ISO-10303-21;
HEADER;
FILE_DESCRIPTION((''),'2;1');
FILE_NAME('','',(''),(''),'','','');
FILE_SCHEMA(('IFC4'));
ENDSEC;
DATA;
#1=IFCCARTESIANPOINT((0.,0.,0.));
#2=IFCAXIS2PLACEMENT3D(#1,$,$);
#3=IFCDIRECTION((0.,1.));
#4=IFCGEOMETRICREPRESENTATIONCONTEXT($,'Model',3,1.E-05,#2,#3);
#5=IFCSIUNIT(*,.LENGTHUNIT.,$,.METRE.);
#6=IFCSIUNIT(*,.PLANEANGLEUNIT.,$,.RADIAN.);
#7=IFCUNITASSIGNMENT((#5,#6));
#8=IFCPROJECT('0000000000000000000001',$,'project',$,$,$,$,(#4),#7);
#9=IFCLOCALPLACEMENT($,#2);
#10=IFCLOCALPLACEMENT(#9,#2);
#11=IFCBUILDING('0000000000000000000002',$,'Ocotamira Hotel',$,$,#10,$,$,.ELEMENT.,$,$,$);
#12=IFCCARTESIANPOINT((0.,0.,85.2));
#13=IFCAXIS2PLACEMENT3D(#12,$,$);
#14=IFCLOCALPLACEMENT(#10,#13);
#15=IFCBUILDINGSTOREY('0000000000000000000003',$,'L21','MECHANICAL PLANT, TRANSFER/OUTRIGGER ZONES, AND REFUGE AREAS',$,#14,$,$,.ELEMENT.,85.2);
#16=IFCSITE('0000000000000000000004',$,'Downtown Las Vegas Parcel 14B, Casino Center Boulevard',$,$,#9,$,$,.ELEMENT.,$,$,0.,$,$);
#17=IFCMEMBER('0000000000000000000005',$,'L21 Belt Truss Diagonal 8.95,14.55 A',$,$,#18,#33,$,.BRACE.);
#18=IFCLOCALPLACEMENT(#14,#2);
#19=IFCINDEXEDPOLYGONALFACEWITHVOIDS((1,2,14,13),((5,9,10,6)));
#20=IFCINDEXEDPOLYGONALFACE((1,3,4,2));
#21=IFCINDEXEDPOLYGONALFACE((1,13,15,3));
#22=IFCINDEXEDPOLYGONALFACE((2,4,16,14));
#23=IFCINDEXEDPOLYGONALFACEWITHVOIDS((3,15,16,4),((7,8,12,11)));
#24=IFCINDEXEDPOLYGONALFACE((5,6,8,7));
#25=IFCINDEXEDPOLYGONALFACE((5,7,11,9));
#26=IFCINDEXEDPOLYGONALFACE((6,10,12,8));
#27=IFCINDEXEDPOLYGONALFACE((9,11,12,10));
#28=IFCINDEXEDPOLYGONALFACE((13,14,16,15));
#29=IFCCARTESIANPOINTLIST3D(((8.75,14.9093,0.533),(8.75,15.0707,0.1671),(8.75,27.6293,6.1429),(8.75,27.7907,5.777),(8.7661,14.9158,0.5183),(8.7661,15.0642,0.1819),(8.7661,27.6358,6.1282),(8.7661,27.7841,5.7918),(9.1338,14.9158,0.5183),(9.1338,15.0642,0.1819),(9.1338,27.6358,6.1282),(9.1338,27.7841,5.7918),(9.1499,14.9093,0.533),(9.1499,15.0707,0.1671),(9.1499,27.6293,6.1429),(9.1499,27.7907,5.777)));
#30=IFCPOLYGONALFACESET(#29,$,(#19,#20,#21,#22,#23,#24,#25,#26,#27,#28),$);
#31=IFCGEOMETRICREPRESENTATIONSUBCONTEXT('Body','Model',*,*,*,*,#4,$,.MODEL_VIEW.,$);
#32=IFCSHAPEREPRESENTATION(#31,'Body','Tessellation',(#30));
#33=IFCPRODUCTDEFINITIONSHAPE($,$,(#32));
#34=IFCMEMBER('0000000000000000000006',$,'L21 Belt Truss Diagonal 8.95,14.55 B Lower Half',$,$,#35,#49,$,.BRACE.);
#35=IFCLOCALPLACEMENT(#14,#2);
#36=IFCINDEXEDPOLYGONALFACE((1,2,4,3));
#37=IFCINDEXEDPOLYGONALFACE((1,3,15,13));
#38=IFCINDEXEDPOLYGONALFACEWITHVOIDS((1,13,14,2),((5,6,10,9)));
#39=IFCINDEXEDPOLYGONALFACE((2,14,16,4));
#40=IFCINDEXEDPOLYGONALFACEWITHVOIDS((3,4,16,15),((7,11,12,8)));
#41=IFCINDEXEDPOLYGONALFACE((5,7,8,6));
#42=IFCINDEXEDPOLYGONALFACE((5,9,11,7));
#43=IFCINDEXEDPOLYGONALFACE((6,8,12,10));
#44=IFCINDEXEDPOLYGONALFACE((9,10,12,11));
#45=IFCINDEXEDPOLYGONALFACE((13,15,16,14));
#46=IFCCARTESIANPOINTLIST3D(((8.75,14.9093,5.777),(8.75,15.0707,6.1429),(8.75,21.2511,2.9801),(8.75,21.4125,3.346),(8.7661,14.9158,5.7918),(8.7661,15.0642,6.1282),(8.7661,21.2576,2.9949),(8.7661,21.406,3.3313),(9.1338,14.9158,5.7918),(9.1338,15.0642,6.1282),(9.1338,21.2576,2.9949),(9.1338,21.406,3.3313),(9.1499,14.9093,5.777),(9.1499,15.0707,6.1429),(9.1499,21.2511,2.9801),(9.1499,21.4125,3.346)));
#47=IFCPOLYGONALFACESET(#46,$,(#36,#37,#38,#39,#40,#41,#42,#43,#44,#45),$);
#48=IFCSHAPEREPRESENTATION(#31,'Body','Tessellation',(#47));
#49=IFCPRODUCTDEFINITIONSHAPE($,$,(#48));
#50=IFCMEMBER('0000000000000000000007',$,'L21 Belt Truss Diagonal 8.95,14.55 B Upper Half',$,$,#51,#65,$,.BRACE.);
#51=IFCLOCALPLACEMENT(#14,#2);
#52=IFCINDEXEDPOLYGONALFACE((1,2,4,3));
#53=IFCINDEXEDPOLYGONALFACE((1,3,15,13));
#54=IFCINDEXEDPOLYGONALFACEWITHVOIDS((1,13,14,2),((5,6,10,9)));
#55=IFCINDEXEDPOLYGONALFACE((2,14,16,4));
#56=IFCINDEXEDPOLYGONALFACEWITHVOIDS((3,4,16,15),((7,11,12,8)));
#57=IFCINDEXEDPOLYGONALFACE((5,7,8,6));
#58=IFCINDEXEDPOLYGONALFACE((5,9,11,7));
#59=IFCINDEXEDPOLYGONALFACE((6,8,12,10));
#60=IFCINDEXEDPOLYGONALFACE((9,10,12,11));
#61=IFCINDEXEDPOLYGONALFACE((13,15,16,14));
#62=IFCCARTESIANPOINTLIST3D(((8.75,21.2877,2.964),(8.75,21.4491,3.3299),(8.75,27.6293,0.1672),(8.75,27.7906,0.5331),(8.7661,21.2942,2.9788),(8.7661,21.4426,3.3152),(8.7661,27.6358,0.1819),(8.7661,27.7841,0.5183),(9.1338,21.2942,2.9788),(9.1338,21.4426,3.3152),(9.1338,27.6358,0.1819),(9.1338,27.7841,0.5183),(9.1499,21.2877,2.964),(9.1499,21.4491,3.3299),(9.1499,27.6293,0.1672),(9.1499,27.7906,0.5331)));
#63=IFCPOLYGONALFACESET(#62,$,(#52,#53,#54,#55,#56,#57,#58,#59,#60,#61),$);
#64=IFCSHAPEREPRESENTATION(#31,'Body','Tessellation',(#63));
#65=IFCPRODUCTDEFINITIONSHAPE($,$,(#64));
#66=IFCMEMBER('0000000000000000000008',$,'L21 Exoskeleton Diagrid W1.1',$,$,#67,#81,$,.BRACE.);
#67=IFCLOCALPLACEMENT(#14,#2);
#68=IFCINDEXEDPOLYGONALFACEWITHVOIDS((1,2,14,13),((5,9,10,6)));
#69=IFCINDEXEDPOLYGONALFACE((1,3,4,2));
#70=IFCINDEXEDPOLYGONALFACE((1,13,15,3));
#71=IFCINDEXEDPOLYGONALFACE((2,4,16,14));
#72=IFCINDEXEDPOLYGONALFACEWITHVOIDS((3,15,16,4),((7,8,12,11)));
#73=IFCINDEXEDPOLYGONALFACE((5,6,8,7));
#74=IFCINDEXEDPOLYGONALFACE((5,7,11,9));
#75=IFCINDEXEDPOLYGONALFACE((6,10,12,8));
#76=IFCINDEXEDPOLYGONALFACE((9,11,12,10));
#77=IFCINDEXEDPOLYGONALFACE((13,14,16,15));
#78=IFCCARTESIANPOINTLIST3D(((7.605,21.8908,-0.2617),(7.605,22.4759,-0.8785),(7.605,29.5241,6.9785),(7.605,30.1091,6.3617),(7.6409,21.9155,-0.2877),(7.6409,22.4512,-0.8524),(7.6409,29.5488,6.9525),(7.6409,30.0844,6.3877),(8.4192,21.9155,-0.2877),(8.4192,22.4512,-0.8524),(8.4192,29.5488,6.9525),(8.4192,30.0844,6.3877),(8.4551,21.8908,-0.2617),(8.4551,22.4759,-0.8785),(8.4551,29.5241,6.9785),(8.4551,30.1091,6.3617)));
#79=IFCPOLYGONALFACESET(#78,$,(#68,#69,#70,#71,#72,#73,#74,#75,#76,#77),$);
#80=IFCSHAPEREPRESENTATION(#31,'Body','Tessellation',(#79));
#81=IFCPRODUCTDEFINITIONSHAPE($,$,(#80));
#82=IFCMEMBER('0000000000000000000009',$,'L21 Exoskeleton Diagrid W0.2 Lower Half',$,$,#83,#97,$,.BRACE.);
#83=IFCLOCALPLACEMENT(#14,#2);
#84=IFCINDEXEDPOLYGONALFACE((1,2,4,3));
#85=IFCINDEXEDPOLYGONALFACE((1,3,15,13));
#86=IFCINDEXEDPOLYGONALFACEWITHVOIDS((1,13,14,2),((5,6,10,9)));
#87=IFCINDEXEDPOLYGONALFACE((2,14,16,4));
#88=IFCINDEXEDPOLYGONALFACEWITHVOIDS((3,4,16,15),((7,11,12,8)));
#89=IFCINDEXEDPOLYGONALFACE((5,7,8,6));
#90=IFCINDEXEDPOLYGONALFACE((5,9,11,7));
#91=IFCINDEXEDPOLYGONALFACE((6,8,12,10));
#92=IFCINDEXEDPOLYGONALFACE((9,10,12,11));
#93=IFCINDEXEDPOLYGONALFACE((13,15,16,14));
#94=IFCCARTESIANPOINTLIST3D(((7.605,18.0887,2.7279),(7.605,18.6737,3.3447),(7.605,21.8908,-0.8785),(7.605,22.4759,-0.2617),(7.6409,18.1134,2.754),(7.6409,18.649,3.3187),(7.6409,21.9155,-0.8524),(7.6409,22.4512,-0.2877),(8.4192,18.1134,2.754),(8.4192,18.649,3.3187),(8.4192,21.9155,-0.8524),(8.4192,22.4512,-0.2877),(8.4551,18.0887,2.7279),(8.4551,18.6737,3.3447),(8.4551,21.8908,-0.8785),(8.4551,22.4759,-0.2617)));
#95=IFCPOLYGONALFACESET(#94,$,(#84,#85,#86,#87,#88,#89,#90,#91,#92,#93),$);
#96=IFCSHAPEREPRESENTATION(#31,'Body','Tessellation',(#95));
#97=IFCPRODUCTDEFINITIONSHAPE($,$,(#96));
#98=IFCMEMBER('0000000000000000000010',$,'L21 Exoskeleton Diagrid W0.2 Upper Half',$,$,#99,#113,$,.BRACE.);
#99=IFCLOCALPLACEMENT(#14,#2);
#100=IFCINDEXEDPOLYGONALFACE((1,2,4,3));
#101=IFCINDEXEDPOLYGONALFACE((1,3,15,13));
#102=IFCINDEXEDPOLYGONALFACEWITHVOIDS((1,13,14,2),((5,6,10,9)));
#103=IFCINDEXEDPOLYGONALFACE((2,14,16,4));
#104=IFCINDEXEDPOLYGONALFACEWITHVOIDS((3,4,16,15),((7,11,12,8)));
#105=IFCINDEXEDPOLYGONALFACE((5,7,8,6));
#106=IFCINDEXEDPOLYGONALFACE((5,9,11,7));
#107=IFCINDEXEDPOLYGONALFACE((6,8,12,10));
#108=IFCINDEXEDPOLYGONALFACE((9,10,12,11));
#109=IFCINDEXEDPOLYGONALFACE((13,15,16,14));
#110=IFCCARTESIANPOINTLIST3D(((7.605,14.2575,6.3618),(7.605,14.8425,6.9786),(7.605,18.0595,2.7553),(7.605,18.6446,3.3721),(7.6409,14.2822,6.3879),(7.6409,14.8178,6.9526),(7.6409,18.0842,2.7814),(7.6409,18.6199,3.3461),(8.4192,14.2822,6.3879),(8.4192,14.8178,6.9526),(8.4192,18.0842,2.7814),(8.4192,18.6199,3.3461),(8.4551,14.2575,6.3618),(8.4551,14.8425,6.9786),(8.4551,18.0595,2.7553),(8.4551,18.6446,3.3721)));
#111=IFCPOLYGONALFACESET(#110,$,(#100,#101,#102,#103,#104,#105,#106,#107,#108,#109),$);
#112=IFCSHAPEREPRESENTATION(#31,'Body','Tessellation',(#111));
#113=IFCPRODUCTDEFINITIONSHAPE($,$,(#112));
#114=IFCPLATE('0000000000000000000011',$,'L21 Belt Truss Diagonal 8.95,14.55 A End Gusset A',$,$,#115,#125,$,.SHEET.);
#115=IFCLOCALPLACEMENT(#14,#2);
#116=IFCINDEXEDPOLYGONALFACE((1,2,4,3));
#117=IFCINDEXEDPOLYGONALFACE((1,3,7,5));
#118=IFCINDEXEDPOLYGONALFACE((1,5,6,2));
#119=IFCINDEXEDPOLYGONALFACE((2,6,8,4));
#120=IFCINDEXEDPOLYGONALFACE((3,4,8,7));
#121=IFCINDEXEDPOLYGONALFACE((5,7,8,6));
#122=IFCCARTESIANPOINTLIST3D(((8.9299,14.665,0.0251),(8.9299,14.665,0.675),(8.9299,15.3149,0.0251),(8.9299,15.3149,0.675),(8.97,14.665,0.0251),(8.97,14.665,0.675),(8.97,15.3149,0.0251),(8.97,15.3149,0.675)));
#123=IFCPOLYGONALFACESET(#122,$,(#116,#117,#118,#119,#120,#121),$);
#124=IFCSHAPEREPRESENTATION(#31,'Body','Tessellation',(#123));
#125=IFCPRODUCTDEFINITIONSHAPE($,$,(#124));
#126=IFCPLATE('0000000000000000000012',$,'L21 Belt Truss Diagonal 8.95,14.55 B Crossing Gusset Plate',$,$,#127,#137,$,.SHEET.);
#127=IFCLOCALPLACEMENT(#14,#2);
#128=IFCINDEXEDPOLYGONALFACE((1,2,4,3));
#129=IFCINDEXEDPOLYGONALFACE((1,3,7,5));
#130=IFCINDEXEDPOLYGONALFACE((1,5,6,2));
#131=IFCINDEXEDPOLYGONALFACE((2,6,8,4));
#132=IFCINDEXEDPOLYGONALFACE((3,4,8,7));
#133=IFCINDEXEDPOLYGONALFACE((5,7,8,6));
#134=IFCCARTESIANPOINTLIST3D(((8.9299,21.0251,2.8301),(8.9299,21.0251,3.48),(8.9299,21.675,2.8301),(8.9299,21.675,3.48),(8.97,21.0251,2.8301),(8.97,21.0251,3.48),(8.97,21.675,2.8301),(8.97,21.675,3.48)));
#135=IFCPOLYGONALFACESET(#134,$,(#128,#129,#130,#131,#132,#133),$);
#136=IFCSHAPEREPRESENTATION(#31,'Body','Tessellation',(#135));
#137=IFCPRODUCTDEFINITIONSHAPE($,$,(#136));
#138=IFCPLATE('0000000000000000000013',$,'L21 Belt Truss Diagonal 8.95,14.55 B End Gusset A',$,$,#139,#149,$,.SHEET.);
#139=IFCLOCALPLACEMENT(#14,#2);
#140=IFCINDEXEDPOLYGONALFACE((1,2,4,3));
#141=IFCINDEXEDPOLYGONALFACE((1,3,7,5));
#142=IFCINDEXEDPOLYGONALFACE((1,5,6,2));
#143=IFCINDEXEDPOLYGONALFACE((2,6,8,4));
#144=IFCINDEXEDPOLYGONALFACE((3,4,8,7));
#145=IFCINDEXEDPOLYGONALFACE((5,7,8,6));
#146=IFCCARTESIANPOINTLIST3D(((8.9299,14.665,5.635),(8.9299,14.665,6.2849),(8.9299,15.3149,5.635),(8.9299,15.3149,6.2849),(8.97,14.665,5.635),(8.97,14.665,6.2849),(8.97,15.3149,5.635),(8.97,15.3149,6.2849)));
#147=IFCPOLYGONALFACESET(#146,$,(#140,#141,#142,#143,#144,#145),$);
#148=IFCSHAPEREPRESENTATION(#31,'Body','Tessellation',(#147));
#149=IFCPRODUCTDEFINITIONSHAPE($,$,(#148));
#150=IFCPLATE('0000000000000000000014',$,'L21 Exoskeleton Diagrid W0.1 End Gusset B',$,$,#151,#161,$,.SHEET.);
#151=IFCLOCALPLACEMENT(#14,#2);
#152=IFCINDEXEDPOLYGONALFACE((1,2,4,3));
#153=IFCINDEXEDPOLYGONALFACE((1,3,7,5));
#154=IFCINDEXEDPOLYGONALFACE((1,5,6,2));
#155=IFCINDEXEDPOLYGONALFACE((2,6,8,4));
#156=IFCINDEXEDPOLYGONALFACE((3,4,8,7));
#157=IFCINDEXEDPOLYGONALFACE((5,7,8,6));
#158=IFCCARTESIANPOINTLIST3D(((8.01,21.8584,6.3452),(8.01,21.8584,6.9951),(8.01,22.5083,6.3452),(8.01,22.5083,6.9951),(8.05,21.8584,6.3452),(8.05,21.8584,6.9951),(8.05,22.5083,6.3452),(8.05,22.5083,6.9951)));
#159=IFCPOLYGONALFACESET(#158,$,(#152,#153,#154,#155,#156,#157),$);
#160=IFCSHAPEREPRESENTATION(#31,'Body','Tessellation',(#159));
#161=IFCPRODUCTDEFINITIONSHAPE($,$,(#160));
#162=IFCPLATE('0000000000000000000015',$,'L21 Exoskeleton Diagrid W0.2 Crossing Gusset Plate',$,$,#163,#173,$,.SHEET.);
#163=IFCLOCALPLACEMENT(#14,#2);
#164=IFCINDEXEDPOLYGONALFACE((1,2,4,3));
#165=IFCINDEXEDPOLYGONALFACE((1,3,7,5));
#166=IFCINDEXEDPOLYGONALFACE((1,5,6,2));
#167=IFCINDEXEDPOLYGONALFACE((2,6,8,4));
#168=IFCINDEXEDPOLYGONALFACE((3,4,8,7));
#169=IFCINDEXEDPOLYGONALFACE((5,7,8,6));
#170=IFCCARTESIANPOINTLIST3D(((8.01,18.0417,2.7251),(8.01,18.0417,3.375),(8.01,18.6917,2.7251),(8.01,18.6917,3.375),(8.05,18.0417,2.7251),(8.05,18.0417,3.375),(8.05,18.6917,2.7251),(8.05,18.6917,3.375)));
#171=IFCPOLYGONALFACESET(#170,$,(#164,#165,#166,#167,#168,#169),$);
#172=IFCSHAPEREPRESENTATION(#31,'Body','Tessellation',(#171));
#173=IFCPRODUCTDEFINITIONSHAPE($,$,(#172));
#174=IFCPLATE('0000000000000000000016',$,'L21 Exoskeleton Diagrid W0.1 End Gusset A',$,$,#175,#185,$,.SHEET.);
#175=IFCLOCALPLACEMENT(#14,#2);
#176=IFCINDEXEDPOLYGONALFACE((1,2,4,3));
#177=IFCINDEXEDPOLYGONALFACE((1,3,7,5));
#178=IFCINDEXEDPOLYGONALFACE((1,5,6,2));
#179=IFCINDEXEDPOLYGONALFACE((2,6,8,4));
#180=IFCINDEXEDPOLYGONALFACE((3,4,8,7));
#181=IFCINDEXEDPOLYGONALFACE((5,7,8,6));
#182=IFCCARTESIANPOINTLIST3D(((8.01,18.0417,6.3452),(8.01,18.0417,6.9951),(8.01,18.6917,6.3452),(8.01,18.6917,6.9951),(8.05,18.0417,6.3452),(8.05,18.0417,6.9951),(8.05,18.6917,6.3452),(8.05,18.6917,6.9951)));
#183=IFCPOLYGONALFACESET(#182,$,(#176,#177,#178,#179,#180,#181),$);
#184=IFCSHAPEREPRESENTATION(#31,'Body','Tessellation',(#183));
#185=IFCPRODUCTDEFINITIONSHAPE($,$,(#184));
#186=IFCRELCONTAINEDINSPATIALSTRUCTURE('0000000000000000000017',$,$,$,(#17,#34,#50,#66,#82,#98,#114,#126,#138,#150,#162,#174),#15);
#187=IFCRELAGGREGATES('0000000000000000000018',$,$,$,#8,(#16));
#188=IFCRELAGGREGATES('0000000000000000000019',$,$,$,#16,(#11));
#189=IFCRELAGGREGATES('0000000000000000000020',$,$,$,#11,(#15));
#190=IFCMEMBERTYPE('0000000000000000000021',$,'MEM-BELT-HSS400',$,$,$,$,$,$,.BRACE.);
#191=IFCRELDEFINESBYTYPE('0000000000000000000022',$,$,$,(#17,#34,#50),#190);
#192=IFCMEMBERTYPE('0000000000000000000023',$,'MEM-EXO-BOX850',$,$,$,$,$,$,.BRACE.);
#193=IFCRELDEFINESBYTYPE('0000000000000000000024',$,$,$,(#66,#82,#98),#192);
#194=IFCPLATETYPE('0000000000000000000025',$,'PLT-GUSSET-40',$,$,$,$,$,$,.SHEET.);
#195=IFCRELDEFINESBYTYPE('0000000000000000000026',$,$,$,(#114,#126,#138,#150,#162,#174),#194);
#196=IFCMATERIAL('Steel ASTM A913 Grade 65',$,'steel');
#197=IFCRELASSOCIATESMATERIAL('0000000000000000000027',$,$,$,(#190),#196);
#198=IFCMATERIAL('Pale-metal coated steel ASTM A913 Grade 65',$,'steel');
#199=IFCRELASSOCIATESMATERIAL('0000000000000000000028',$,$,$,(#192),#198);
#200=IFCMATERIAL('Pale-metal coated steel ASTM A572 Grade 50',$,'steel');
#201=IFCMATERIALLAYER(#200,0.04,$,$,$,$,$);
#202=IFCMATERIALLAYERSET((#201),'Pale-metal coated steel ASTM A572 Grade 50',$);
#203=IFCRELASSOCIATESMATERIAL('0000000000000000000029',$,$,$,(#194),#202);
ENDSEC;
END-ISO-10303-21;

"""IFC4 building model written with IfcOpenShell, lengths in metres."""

from ifc_helpers import new_model, si_unit, direction, frame, origin, origin_2d, place, context, subcontext, project, spatial, rectangle, hollow_rectangle, extrude, source, transform, mapped, material, layer, layer_set, material_profile, profile_set, type_object, element, save


model = new_model("IFC4")

# Units and contexts
model_context = context("Model", 3, precision=1e-05, world=origin(), true_north=direction((0.0, 1.0)))
body_context = subcontext(model_context, "Body", "Model", "MODEL_VIEW")
ifc_project = project(units=[si_unit("LENGTHUNIT", "METRE"), si_unit("PLANEANGLEUNIT", "RADIAN")], contexts=[model_context])

# Site, building, storey
site_placement = place(None, origin())
site = spatial("IfcSite", under=ifc_project, at=site_placement, Name="Downtown Las Vegas Parcel 14B, Casino Center Boulevard", CompositionType="ELEMENT", RefElevation=0.0)
building_placement = place(site_placement, origin())
building = spatial("IfcBuilding", under=site, at=building_placement, Name="Ocotamira Hotel", CompositionType="ELEMENT")
storey_placement = place(building_placement, frame((0.0, 0.0, 85.2)))
storey = spatial("IfcBuildingStorey", under=building, at=storey_placement, Name="L21", Description="MECHANICAL PLANT, TRANSFER/OUTRIGGER ZONES, AND REFUGE AREAS", CompositionType="ELEMENT", Elevation=85.2)

# Members
ifc_material_1 = material(Name="Steel ASTM A913 Grade 65", Category="steel")
ifc_material_profile_1 = material_profile(ifc_material_1, hollow_rectangle(XDim=0.3999, YDim=0.3999, WallThickness=0.0161, at=origin_2d()), Name="HSS400X400X16")
ifc_profile_set_1 = profile_set([ifc_material_profile_1], Name="Steel ASTM A913 Grade 65")
member_type_1 = type_object("IfcMemberType", Name="MEM-BELT-HSS400", PredefinedType="BRACE", material=ifc_profile_set_1)
shared_shape_1 = source(origin(), body_context, "Body", "SweptSolid", [
    extrude(hollow_rectangle(XDim=0.3999, YDim=0.3999, WallThickness=0.0161, at=origin_2d()), origin(), (0.0, 0.0, 1.0), 13.9021),
])
member_1_placement = place(storey_placement, frame((8.95, 14.99, 0.3501), z_axis=(0.0, 0.914968, 0.403526), x_axis=(-1.0, 0.0, 0.0)))
element("IfcMember", 1, at=member_1_placement, inside=storey, type_object=member_type_1, Name="L21 Belt Truss Diagonal 8.95,14.55 A", PredefinedType="BRACE", context=body_context, shape_type="MappedRepresentation", body=[
    mapped(shared_shape_1, transform((0.0, 0.0, 0.0), scale=1.0)),
])
shared_shape_2 = source(origin(), body_context, "Body", "SweptSolid", [
    extrude(hollow_rectangle(XDim=0.3999, YDim=0.3999, WallThickness=0.0161, at=origin_2d()), origin(), (0.0, 0.0, 1.0), 6.9312),
])
member_2_placement = place(storey_placement, frame((8.95, 14.99, 5.96), z_axis=(0.0, 0.91497, -0.403522), x_axis=(-1.0, 0.0, 0.0)))
element("IfcMember", 2, at=member_2_placement, inside=storey, type_object=member_type_1, Name="L21 Belt Truss Diagonal 8.95,14.55 B Lower Half", PredefinedType="BRACE", context=body_context, shape_type="MappedRepresentation", body=[
    mapped(shared_shape_2, transform((0.0, 0.0, 0.0), scale=1.0)),
])
shared_shape_3 = source(origin(), body_context, "Body", "SweptSolid", [
    extrude(hollow_rectangle(XDim=0.3999, YDim=0.3999, WallThickness=0.0161, at=origin_2d()), origin(), (0.0, 0.0, 1.0), 6.9309),
])
member_3_placement = place(storey_placement, frame((8.95, 21.3684, 3.147), z_axis=(0.0, 0.914964, -0.403535), x_axis=(-1.0, 0.0, 0.0)))
element("IfcMember", 3, at=member_3_placement, inside=storey, type_object=member_type_1, Name="L21 Belt Truss Diagonal 8.95,14.55 B Upper Half", PredefinedType="BRACE", context=body_context, shape_type="MappedRepresentation", body=[
    mapped(shared_shape_3, transform((0.0, 0.0, 0.0), scale=1.0)),
])
ifc_material_2 = material(Name="Pale-metal coated steel ASTM A913 Grade 65", Category="steel")
ifc_material_profile_2 = material_profile(ifc_material_2, hollow_rectangle(XDim=0.8501, YDim=0.8501, WallThickness=0.0359, at=origin_2d()), Name="BOX850X850X36")
ifc_profile_set_2 = profile_set([ifc_material_profile_2], Name="Pale-metal coated steel ASTM A913 Grade 65")
member_type_2 = type_object("IfcMemberType", Name="MEM-EXO-BOX850", PredefinedType="BRACE", material=ifc_profile_set_2)
shared_shape_4 = source(origin(), body_context, "Body", "SweptSolid", [
    extrude(hollow_rectangle(XDim=0.8501, YDim=0.8501, WallThickness=0.0359, at=origin_2d()), origin(), (0.0, 0.0, 1.0), 10.5208),
])
member_4_placement = place(storey_placement, frame((8.03, 22.1833, -0.5701), z_axis=(0.0, 0.72554, 0.68818), x_axis=(-1.0, 0.0, 0.0)))
element("IfcMember", 4, at=member_4_placement, inside=storey, type_object=member_type_2, Name="L21 Exoskeleton Diagrid W1.1", PredefinedType="BRACE", context=body_context, shape_type="MappedRepresentation", body=[
    mapped(shared_shape_4, transform((0.0, 0.0, 0.0), scale=1.0)),
])
shared_shape_5 = source(origin(), body_context, "Body", "SweptSolid", [
    extrude(hollow_rectangle(XDim=0.8501, YDim=0.8501, WallThickness=0.0359, at=origin_2d()), origin(), (0.0, 0.0, 1.0), 5.2405),
])
for number, where, z_axis, x_axis, name in (
    (5, (8.03, 22.1833, -0.5701), (0.0, -0.725541, 0.688179), (1.0, 0.0, 0.0), "L21 Exoskeleton Diagrid W0.2 Lower Half"),
    (6, (8.03, 18.3521, 3.0637), (0.0, -0.725519, 0.688202), (1.0, 0.0, 0.0), "L21 Exoskeleton Diagrid W0.2 Upper Half"),
):
    element("IfcMember", number, at=place(storey_placement, frame(where, z_axis=z_axis, x_axis=x_axis)), inside=storey, type_object=member_type_2, Name=name, PredefinedType="BRACE", context=body_context, shape_type="MappedRepresentation", body=[
        mapped(shared_shape_5, transform((0.0, 0.0, 0.0), scale=1.0)),
    ])

# Plates
ifc_material_3 = material(Name="Pale-metal coated steel ASTM A572 Grade 50", Category="steel")
ifc_layer_1 = layer(ifc_material_3, 0.04)
ifc_layer_set_1 = layer_set([ifc_layer_1], Name="Pale-metal coated steel ASTM A572 Grade 50")
plate_type = type_object("IfcPlateType", Name="PLT-GUSSET-40", PredefinedType="SHEET", material=ifc_layer_set_1)
shared_shape_6 = source(origin(), body_context, "Body", "SweptSolid", [
    extrude(rectangle(XDim=0.04, YDim=0.6499, at=origin_2d()), origin(), (0.0, 0.0, 1.0), 0.6499),
])
for number, where, z_axis, x_axis, name in (
    (7, (8.95, 14.99, 0.0251), (0.0, 0.0, 1.0), (1.0, 0.0, 0.0), "L21 Belt Truss Diagonal 8.95,14.55 A End Gusset A"),
    (8, (8.95, 21.3501, 2.8301), (0.0, 0.0, 1.0), (1.0, 0.0, 0.0), "L21 Belt Truss Diagonal 8.95,14.55 B Crossing Gusset Plate"),
    (9, (8.95, 14.99, 5.635), (0.0, 0.0, 1.0), (1.0, 0.0, 0.0), "L21 Belt Truss Diagonal 8.95,14.55 B End Gusset A"),
    (10, (8.03, 22.1833, 6.3452), (0.0, 0.0, 1.0), (1.0, 0.0, 0.0), "L21 Exoskeleton Diagrid W0.1 End Gusset B"),
    (11, (8.03, 18.3667, 2.7251), (0.0, 0.0, 1.0), (1.0, 0.0, 0.0), "L21 Exoskeleton Diagrid W0.2 Crossing Gusset Plate"),
    (12, (8.03, 18.3667, 6.3452), (0.0, 0.0, 1.0), (1.0, 0.0, 0.0), "L21 Exoskeleton Diagrid W0.1 End Gusset A"),
):
    element("IfcPlate", number, at=place(storey_placement, frame(where, z_axis=z_axis, x_axis=x_axis)), inside=storey, type_object=plate_type, Name=name, PredefinedType="SHEET", context=body_context, shape_type="MappedRepresentation", body=[
        mapped(shared_shape_6, transform((0.0, 0.0, 0.0), scale=1.0)),
    ])

save(model, "model.ifc")
